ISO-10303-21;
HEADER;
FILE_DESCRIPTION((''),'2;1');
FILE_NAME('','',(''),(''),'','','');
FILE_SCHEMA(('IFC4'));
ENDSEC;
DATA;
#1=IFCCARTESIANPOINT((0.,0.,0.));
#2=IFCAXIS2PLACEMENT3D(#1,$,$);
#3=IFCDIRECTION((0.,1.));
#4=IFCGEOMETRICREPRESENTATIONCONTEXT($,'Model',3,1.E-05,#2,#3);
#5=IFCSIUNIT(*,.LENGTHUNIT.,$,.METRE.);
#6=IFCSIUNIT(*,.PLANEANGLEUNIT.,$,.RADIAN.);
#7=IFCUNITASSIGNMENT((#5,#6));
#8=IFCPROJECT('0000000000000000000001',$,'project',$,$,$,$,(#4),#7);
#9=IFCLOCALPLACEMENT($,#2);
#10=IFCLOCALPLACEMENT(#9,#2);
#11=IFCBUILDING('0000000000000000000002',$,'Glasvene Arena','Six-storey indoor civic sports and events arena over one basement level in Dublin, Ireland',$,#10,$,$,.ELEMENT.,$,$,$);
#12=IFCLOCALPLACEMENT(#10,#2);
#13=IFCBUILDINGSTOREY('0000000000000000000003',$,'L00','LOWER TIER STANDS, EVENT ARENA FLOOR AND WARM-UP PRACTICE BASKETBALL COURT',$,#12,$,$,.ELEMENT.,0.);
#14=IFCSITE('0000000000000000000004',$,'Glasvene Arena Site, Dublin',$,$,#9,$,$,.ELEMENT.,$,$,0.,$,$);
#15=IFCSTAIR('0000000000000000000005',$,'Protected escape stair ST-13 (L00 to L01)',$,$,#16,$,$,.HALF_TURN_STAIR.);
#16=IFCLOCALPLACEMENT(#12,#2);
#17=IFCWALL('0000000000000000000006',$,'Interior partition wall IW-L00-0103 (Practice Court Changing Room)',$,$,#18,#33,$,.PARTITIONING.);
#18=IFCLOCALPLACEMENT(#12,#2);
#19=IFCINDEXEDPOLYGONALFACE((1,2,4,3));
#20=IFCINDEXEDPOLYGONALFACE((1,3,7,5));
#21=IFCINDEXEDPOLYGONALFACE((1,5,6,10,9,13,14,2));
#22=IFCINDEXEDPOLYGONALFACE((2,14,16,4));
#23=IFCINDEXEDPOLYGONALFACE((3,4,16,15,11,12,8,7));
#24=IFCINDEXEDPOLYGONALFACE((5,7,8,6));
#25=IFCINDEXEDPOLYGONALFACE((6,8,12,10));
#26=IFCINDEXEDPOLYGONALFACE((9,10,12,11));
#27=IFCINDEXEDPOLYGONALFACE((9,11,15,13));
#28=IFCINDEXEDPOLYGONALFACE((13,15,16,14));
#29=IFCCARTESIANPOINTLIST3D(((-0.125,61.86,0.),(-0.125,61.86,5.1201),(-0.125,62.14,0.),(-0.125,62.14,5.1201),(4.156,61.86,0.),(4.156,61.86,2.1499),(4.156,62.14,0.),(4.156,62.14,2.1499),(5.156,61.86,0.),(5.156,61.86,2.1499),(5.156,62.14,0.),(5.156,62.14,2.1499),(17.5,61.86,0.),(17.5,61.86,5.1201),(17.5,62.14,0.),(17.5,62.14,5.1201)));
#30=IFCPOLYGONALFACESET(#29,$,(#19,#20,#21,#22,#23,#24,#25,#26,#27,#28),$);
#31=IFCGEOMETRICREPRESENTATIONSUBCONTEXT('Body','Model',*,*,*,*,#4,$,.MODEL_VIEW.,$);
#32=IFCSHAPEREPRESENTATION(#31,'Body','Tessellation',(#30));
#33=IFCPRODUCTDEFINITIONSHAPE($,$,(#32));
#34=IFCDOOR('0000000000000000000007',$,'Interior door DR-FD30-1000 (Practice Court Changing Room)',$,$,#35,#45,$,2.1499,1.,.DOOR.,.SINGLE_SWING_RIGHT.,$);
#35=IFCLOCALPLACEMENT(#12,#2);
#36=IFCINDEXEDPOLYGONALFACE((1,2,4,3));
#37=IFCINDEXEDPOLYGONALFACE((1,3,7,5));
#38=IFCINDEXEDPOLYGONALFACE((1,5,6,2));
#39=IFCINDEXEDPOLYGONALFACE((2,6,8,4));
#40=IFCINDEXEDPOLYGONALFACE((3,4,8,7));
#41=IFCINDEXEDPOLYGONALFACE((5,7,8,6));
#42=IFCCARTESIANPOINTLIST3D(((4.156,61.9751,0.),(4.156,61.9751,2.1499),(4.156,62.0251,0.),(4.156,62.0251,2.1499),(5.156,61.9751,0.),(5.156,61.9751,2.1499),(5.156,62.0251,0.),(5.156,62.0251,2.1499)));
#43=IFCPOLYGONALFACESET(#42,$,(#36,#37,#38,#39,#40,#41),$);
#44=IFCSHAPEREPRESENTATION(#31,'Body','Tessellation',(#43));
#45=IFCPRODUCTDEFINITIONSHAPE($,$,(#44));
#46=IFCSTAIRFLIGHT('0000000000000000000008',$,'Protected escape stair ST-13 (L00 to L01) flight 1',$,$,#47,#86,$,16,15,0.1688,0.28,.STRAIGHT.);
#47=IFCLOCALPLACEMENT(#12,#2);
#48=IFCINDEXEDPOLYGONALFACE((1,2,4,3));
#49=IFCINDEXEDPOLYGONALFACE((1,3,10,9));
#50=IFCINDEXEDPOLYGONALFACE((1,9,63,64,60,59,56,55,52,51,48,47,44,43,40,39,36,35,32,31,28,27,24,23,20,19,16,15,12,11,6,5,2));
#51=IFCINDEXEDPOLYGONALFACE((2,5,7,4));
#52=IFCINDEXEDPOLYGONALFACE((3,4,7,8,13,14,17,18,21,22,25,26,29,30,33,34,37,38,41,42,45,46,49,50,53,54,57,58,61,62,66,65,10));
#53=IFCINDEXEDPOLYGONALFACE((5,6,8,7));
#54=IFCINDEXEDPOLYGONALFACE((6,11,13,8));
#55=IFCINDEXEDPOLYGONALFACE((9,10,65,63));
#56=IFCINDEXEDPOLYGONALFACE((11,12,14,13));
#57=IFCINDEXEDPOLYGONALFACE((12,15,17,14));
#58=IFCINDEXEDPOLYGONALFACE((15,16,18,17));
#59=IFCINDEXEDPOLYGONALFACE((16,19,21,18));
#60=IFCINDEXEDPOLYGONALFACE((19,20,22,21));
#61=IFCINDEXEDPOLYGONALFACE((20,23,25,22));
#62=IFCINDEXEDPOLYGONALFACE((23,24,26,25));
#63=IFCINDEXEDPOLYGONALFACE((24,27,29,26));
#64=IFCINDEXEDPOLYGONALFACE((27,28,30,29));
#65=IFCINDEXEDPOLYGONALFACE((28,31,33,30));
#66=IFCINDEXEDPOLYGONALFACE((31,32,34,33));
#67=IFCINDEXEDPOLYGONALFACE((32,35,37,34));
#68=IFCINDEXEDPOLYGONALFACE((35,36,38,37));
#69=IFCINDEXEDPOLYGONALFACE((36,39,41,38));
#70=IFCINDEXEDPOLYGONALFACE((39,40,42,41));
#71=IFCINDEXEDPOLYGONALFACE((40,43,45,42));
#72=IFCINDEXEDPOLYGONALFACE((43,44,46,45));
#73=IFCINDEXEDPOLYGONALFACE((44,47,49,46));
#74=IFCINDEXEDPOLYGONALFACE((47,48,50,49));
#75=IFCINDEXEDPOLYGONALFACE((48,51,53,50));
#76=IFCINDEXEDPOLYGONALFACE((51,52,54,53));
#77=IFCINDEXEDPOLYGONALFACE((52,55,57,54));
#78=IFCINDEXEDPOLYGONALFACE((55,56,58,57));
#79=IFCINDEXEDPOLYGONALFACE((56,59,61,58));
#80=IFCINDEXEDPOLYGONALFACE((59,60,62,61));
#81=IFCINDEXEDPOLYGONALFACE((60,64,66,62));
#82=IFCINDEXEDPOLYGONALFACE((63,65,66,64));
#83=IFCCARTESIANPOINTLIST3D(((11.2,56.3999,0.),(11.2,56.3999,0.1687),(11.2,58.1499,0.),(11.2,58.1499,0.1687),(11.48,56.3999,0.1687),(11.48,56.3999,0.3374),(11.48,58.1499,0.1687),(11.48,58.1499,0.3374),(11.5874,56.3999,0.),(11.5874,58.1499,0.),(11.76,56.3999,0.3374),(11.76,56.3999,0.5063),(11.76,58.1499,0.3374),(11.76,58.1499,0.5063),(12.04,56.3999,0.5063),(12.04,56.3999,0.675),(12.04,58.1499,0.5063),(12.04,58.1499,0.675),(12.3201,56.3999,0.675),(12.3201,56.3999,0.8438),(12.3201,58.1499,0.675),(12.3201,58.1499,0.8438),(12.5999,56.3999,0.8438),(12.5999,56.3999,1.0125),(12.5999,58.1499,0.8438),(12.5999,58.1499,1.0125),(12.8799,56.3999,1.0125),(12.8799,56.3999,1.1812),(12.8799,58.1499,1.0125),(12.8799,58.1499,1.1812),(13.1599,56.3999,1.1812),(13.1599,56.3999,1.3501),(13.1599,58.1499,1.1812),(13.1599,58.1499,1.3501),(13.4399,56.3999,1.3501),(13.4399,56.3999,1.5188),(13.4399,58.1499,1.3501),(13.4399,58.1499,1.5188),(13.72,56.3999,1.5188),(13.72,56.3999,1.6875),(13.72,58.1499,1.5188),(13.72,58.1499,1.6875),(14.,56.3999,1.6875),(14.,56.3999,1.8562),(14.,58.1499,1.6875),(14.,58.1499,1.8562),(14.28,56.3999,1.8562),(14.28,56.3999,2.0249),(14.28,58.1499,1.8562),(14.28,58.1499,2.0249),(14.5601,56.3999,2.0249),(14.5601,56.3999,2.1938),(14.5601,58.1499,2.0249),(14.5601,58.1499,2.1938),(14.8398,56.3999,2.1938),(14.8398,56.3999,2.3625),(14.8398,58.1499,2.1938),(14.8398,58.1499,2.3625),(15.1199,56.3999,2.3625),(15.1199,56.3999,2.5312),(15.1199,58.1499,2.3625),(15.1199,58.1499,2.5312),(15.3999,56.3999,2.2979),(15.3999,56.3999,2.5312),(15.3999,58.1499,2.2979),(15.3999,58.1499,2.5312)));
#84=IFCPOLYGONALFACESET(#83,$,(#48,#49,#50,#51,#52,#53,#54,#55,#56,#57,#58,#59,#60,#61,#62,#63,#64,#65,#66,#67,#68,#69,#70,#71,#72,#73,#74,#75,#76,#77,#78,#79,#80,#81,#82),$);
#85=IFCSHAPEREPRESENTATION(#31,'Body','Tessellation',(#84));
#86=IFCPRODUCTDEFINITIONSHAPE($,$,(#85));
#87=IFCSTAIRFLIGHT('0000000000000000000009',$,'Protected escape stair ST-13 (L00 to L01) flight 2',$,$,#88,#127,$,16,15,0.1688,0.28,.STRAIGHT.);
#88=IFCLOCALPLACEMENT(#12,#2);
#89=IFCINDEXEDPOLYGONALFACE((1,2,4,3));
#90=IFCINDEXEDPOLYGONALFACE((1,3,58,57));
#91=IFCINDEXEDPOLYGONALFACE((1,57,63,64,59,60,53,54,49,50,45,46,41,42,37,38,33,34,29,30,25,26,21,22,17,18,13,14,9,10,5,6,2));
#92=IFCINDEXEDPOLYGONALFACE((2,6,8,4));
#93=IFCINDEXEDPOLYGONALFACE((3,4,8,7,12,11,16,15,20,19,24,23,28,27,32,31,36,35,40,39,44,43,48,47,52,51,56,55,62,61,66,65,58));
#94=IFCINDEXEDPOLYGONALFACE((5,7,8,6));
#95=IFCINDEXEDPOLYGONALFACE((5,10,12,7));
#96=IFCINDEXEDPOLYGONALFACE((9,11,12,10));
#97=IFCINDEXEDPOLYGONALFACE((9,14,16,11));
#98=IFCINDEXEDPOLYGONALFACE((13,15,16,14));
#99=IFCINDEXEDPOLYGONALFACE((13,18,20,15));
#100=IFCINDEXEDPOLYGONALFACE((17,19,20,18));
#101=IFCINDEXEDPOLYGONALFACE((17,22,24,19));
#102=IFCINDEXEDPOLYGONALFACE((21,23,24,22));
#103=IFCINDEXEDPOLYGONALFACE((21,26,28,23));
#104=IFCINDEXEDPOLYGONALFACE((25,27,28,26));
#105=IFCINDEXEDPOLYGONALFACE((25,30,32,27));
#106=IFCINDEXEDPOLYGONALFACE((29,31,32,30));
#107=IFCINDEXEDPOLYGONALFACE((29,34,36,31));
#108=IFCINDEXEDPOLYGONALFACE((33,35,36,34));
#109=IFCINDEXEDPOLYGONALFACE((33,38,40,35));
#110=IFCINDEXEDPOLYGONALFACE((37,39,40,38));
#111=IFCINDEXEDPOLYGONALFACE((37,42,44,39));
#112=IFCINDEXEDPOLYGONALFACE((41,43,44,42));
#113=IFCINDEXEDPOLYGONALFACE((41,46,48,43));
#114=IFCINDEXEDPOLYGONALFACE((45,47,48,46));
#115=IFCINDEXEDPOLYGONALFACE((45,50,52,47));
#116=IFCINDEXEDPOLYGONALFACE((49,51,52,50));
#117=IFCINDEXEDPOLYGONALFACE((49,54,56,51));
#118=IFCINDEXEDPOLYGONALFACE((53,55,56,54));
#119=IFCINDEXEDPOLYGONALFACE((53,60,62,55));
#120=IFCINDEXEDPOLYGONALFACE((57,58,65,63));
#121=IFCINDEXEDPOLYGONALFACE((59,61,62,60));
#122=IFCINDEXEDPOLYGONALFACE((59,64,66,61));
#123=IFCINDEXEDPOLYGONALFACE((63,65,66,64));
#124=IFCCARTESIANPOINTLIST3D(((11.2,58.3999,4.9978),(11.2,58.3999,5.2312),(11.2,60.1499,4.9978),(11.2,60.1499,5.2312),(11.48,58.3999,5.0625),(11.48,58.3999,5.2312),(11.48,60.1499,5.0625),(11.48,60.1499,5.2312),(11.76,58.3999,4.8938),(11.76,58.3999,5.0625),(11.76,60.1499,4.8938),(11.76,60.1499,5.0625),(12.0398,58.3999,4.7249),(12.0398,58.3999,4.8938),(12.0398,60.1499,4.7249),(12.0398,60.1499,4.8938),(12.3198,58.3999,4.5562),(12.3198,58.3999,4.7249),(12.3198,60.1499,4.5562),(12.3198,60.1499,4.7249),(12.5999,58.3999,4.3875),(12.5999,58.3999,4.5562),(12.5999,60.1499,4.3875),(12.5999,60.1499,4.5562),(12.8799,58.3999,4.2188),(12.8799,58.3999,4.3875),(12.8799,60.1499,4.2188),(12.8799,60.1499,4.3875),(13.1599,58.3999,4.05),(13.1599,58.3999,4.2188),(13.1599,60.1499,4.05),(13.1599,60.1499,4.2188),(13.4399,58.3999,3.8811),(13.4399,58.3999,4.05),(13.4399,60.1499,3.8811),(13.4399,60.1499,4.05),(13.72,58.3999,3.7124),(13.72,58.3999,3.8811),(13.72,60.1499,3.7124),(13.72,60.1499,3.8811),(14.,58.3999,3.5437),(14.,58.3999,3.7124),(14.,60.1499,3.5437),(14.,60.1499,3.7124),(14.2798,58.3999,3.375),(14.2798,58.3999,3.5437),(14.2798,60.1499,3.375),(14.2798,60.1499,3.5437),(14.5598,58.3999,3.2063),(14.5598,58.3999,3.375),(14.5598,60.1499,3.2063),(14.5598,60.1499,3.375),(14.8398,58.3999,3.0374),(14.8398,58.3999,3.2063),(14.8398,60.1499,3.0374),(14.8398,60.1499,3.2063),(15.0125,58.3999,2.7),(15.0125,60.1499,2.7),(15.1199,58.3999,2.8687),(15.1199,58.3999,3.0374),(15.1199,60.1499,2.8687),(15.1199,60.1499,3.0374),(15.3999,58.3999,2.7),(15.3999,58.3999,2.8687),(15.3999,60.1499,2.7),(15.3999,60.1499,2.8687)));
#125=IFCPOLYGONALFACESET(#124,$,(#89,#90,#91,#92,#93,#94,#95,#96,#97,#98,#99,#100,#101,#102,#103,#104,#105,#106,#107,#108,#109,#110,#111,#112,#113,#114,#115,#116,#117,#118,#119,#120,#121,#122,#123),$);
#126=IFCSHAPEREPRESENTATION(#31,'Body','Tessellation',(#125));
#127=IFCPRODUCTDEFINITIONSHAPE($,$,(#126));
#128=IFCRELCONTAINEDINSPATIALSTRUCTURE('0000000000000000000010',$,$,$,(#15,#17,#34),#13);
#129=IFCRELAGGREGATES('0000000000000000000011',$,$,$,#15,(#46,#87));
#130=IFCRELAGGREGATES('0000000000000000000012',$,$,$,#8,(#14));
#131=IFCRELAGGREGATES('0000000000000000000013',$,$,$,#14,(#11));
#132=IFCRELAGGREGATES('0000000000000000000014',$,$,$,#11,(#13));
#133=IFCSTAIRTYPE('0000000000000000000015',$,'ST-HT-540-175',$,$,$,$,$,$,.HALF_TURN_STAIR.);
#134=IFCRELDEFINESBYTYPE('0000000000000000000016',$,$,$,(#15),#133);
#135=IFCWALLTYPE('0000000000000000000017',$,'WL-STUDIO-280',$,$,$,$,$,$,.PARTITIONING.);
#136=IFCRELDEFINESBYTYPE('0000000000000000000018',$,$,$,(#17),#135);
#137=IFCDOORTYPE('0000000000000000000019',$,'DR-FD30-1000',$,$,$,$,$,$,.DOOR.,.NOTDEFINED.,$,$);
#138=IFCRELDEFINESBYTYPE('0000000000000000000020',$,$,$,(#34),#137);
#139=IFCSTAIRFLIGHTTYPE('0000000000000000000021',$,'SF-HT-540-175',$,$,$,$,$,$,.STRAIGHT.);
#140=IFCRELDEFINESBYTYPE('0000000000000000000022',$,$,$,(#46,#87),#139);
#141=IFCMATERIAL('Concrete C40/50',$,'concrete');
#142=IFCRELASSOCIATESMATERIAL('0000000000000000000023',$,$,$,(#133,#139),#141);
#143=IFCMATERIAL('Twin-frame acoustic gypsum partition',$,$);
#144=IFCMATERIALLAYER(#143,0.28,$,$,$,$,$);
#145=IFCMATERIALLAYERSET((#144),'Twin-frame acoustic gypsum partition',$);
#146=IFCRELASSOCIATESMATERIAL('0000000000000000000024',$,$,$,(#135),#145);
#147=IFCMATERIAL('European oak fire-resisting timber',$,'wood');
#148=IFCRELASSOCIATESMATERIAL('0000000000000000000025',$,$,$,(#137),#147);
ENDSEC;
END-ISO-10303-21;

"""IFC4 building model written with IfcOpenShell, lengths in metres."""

from ifc_helpers import new_model, si_unit, direction, frame, frame_2d, origin, place, context, subcontext, project, spatial, polyline, rectangle, outline, extrude, material, layer, layer_set, type_object, element, fill, aggregate, save


model = new_model("IFC4")

# Units and contexts
model_context = context("Model", 3, precision=1e-05, world=origin(), true_north=direction((0.0, 1.0)))
body_context = subcontext(model_context, "Body", "Model", "MODEL_VIEW")
ifc_project = project(units=[si_unit("LENGTHUNIT", "METRE"), si_unit("PLANEANGLEUNIT", "RADIAN")], contexts=[model_context])

# Site, building, storey
site_placement = place(None, origin())
site = spatial("IfcSite", under=ifc_project, at=site_placement, Name="Glasvene Arena Site, Dublin", CompositionType="ELEMENT", RefElevation=0.0)
building_placement = place(site_placement, origin())
building = spatial("IfcBuilding", under=site, at=building_placement, Name="Glasvene Arena", Description="Six-storey indoor civic sports and events arena over one basement level in Dublin, Ireland", CompositionType="ELEMENT")
storey_placement = place(building_placement, origin())
storey = spatial("IfcBuildingStorey", under=building, at=storey_placement, Name="L00", Description="LOWER TIER STANDS, EVENT ARENA FLOOR AND WARM-UP PRACTICE BASKETBALL COURT", CompositionType="ELEMENT", Elevation=0.0)

# Shared definitions
ifc_material_1 = material(Name="Concrete C40/50", Category="concrete")

# Stair
stair_type = type_object("IfcStairType", Name="ST-HT-540-175", PredefinedType="HALF_TURN_STAIR", material=ifc_material_1)
stair_placement = place(storey_placement, origin())
stair = element("IfcStair", 1, at=stair_placement, inside=storey, type_object=stair_type, Name="Protected escape stair ST-13 (L00 to L01)", PredefinedType="HALF_TURN_STAIR")

# Wall, opening, door
ifc_material_2 = material(Name="Twin-frame acoustic gypsum partition")
ifc_layer_1 = layer(ifc_material_2, 0.28)
ifc_layer_set_1 = layer_set([ifc_layer_1], Name="Twin-frame acoustic gypsum partition")
wall_type_1 = type_object("IfcWallType", Name="WL-STUDIO-280", PredefinedType="PARTITIONING", material=ifc_layer_set_1)
wall_1_placement = place(storey_placement, frame((17.5, 62.0, 0.0), z_axis=(0.0, 0.0, 1.0), x_axis=(-1.0, 0.0, 0.0)))
wall_1 = element("IfcWall", 2, at=wall_1_placement, inside=storey, type_object=wall_type_1, Name="Interior partition wall IW-L00-0103 (Practice Court Changing Room)", PredefinedType="PARTITIONING", context=body_context, shape_type="SweptSolid", body=[
    extrude(rectangle(XDim=17.625, YDim=0.28, at=frame_2d((8.8125, 0.0))), origin(), (0.0, 0.0, 1.0), 5.1201),
])
opening_1_placement = place(wall_1_placement, frame((12.344, 0.0, 0.0)))
opening_1 = element("IfcOpeningElement", 3, at=opening_1_placement, cuts=wall_1, PredefinedType="OPENING", context=body_context, shape_type="SweptSolid", body=[
    extrude(rectangle(XDim=1.0, YDim=2.1499, at=frame_2d((0.5, 1.075))), frame((0.0, 0.1499, 0.0), z_axis=(0.0, -1.0, 0.0), x_axis=(1.0, 0.0, 0.0)), (0.0, 0.0, 1.0), 0.3),
])
ifc_material_3 = material(Name="European oak fire-resisting timber", Category="wood")
door_type_1 = type_object("IfcDoorType", Name="DR-FD30-1000", OperationType="NOTDEFINED", PredefinedType="DOOR", material=ifc_material_3)
door_1_placement = place(opening_1_placement, origin())
door_1 = element("IfcDoor", 4, at=door_1_placement, inside=storey, type_object=door_type_1, Name="Interior door DR-FD30-1000 (Practice Court Changing Room)", OperationType="SINGLE_SWING_RIGHT", OverallHeight=2.1499, OverallWidth=1.0, PredefinedType="DOOR", context=body_context, shape_type="SweptSolid", body=[
    extrude(rectangle(XDim=1.0, YDim=2.1499, at=frame_2d((0.5, 1.075))), frame((0.0, 0.0249, 0.0), z_axis=(0.0, -1.0, 0.0), x_axis=(1.0, 0.0, 0.0)), (0.0, 0.0, 1.0), 0.05),
])
fill(opening_1, door_1)

# Stair flights
stair_flight_type = type_object("IfcStairFlightType", Name="SF-HT-540-175", PredefinedType="STRAIGHT", material=ifc_material_1)
stair_flight_1_placement = place(storey_placement, frame((11.2, 57.2749, 0.0), z_axis=(0.0, 0.0, 1.0), x_axis=(1.0, 0.0, 0.0)))
stair_flight_1 = element("IfcStairFlight", 5, at=stair_flight_1_placement, type_object=stair_flight_type, Name="Protected escape stair ST-13 (L00 to L01) flight 1", NumberOfRisers=16, NumberOfTreads=15, PredefinedType="STRAIGHT", RiserHeight=0.1688, TreadLength=0.28, context=body_context, shape_type="SweptSolid", body=[
    extrude(outline(polyline([(0.0, 0.0), (0.0, 0.1687), (0.28, 0.1687), (0.28, 0.3374), (0.5601, 0.3374), (0.5601, 0.5063), (0.8401, 0.5063), (0.8401, 0.675), (1.1201, 0.675), (1.1201, 0.8438), (1.3999, 0.8438), (1.3999, 1.0125), (1.6799, 1.0125), (1.6799, 1.1812), (1.96, 1.1812), (1.96, 1.3501), (2.24, 1.3501), (2.24, 1.5188), (2.52, 1.5188), (2.52, 1.6875), (2.8, 1.6875), (2.8, 1.8562), (3.0801, 1.8562), (3.0801, 2.0249), (3.3601, 2.0249), (3.3601, 2.1938), (3.6399, 2.1938), (3.6399, 2.3625), (3.9199, 2.3625), (3.9199, 2.5312), (4.2, 2.5312), (4.2, 2.7), (4.2, 2.2979), (0.3875, 0.0), (0.0, 0.0)])), frame((0.0, 0.875, 0.0), z_axis=(0.0, -1.0, 0.0), x_axis=(1.0, 0.0, 0.0)), (0.0, 0.0, 1.0), 1.75),
])
stair_flight_2_placement = place(storey_placement, frame((15.3999, 59.2749, 2.7), z_axis=(0.0, 0.0, 1.0), x_axis=(-1.0, 0.0, 0.0)))
stair_flight_2 = element("IfcStairFlight", 6, at=stair_flight_2_placement, type_object=stair_flight_type, Name="Protected escape stair ST-13 (L00 to L01) flight 2", NumberOfRisers=16, NumberOfTreads=15, PredefinedType="STRAIGHT", RiserHeight=0.1688, TreadLength=0.28, context=body_context, shape_type="SweptSolid", body=[
    extrude(outline(polyline([(0.0, 0.0), (0.0, 0.1687), (0.28, 0.1687), (0.28, 0.3374), (0.5601, 0.3374), (0.5601, 0.5063), (0.8401, 0.5063), (0.8401, 0.675), (1.1201, 0.675), (1.1201, 0.8438), (1.3999, 0.8438), (1.3999, 1.0125), (1.6799, 1.0125), (1.6799, 1.1812), (1.96, 1.1812), (1.96, 1.3501), (2.24, 1.3501), (2.24, 1.5188), (2.52, 1.5188), (2.52, 1.6875), (2.8, 1.6875), (2.8, 1.8562), (3.0801, 1.8562), (3.0801, 2.0249), (3.3601, 2.0249), (3.3601, 2.1938), (3.6399, 2.1938), (3.6399, 2.3625), (3.9199, 2.3625), (3.9199, 2.5312), (4.2, 2.5312), (4.2, 2.7), (4.2, 2.2979), (0.3875, 0.0), (0.0, 0.0)])), frame((0.0, 0.875, 0.0), z_axis=(0.0, -1.0, 0.0), x_axis=(1.0, 0.0, 0.0)), (0.0, 0.0, 1.0), 1.75),
])
aggregate(stair, [stair_flight_1, stair_flight_2])

save(model, "model.ifc")
